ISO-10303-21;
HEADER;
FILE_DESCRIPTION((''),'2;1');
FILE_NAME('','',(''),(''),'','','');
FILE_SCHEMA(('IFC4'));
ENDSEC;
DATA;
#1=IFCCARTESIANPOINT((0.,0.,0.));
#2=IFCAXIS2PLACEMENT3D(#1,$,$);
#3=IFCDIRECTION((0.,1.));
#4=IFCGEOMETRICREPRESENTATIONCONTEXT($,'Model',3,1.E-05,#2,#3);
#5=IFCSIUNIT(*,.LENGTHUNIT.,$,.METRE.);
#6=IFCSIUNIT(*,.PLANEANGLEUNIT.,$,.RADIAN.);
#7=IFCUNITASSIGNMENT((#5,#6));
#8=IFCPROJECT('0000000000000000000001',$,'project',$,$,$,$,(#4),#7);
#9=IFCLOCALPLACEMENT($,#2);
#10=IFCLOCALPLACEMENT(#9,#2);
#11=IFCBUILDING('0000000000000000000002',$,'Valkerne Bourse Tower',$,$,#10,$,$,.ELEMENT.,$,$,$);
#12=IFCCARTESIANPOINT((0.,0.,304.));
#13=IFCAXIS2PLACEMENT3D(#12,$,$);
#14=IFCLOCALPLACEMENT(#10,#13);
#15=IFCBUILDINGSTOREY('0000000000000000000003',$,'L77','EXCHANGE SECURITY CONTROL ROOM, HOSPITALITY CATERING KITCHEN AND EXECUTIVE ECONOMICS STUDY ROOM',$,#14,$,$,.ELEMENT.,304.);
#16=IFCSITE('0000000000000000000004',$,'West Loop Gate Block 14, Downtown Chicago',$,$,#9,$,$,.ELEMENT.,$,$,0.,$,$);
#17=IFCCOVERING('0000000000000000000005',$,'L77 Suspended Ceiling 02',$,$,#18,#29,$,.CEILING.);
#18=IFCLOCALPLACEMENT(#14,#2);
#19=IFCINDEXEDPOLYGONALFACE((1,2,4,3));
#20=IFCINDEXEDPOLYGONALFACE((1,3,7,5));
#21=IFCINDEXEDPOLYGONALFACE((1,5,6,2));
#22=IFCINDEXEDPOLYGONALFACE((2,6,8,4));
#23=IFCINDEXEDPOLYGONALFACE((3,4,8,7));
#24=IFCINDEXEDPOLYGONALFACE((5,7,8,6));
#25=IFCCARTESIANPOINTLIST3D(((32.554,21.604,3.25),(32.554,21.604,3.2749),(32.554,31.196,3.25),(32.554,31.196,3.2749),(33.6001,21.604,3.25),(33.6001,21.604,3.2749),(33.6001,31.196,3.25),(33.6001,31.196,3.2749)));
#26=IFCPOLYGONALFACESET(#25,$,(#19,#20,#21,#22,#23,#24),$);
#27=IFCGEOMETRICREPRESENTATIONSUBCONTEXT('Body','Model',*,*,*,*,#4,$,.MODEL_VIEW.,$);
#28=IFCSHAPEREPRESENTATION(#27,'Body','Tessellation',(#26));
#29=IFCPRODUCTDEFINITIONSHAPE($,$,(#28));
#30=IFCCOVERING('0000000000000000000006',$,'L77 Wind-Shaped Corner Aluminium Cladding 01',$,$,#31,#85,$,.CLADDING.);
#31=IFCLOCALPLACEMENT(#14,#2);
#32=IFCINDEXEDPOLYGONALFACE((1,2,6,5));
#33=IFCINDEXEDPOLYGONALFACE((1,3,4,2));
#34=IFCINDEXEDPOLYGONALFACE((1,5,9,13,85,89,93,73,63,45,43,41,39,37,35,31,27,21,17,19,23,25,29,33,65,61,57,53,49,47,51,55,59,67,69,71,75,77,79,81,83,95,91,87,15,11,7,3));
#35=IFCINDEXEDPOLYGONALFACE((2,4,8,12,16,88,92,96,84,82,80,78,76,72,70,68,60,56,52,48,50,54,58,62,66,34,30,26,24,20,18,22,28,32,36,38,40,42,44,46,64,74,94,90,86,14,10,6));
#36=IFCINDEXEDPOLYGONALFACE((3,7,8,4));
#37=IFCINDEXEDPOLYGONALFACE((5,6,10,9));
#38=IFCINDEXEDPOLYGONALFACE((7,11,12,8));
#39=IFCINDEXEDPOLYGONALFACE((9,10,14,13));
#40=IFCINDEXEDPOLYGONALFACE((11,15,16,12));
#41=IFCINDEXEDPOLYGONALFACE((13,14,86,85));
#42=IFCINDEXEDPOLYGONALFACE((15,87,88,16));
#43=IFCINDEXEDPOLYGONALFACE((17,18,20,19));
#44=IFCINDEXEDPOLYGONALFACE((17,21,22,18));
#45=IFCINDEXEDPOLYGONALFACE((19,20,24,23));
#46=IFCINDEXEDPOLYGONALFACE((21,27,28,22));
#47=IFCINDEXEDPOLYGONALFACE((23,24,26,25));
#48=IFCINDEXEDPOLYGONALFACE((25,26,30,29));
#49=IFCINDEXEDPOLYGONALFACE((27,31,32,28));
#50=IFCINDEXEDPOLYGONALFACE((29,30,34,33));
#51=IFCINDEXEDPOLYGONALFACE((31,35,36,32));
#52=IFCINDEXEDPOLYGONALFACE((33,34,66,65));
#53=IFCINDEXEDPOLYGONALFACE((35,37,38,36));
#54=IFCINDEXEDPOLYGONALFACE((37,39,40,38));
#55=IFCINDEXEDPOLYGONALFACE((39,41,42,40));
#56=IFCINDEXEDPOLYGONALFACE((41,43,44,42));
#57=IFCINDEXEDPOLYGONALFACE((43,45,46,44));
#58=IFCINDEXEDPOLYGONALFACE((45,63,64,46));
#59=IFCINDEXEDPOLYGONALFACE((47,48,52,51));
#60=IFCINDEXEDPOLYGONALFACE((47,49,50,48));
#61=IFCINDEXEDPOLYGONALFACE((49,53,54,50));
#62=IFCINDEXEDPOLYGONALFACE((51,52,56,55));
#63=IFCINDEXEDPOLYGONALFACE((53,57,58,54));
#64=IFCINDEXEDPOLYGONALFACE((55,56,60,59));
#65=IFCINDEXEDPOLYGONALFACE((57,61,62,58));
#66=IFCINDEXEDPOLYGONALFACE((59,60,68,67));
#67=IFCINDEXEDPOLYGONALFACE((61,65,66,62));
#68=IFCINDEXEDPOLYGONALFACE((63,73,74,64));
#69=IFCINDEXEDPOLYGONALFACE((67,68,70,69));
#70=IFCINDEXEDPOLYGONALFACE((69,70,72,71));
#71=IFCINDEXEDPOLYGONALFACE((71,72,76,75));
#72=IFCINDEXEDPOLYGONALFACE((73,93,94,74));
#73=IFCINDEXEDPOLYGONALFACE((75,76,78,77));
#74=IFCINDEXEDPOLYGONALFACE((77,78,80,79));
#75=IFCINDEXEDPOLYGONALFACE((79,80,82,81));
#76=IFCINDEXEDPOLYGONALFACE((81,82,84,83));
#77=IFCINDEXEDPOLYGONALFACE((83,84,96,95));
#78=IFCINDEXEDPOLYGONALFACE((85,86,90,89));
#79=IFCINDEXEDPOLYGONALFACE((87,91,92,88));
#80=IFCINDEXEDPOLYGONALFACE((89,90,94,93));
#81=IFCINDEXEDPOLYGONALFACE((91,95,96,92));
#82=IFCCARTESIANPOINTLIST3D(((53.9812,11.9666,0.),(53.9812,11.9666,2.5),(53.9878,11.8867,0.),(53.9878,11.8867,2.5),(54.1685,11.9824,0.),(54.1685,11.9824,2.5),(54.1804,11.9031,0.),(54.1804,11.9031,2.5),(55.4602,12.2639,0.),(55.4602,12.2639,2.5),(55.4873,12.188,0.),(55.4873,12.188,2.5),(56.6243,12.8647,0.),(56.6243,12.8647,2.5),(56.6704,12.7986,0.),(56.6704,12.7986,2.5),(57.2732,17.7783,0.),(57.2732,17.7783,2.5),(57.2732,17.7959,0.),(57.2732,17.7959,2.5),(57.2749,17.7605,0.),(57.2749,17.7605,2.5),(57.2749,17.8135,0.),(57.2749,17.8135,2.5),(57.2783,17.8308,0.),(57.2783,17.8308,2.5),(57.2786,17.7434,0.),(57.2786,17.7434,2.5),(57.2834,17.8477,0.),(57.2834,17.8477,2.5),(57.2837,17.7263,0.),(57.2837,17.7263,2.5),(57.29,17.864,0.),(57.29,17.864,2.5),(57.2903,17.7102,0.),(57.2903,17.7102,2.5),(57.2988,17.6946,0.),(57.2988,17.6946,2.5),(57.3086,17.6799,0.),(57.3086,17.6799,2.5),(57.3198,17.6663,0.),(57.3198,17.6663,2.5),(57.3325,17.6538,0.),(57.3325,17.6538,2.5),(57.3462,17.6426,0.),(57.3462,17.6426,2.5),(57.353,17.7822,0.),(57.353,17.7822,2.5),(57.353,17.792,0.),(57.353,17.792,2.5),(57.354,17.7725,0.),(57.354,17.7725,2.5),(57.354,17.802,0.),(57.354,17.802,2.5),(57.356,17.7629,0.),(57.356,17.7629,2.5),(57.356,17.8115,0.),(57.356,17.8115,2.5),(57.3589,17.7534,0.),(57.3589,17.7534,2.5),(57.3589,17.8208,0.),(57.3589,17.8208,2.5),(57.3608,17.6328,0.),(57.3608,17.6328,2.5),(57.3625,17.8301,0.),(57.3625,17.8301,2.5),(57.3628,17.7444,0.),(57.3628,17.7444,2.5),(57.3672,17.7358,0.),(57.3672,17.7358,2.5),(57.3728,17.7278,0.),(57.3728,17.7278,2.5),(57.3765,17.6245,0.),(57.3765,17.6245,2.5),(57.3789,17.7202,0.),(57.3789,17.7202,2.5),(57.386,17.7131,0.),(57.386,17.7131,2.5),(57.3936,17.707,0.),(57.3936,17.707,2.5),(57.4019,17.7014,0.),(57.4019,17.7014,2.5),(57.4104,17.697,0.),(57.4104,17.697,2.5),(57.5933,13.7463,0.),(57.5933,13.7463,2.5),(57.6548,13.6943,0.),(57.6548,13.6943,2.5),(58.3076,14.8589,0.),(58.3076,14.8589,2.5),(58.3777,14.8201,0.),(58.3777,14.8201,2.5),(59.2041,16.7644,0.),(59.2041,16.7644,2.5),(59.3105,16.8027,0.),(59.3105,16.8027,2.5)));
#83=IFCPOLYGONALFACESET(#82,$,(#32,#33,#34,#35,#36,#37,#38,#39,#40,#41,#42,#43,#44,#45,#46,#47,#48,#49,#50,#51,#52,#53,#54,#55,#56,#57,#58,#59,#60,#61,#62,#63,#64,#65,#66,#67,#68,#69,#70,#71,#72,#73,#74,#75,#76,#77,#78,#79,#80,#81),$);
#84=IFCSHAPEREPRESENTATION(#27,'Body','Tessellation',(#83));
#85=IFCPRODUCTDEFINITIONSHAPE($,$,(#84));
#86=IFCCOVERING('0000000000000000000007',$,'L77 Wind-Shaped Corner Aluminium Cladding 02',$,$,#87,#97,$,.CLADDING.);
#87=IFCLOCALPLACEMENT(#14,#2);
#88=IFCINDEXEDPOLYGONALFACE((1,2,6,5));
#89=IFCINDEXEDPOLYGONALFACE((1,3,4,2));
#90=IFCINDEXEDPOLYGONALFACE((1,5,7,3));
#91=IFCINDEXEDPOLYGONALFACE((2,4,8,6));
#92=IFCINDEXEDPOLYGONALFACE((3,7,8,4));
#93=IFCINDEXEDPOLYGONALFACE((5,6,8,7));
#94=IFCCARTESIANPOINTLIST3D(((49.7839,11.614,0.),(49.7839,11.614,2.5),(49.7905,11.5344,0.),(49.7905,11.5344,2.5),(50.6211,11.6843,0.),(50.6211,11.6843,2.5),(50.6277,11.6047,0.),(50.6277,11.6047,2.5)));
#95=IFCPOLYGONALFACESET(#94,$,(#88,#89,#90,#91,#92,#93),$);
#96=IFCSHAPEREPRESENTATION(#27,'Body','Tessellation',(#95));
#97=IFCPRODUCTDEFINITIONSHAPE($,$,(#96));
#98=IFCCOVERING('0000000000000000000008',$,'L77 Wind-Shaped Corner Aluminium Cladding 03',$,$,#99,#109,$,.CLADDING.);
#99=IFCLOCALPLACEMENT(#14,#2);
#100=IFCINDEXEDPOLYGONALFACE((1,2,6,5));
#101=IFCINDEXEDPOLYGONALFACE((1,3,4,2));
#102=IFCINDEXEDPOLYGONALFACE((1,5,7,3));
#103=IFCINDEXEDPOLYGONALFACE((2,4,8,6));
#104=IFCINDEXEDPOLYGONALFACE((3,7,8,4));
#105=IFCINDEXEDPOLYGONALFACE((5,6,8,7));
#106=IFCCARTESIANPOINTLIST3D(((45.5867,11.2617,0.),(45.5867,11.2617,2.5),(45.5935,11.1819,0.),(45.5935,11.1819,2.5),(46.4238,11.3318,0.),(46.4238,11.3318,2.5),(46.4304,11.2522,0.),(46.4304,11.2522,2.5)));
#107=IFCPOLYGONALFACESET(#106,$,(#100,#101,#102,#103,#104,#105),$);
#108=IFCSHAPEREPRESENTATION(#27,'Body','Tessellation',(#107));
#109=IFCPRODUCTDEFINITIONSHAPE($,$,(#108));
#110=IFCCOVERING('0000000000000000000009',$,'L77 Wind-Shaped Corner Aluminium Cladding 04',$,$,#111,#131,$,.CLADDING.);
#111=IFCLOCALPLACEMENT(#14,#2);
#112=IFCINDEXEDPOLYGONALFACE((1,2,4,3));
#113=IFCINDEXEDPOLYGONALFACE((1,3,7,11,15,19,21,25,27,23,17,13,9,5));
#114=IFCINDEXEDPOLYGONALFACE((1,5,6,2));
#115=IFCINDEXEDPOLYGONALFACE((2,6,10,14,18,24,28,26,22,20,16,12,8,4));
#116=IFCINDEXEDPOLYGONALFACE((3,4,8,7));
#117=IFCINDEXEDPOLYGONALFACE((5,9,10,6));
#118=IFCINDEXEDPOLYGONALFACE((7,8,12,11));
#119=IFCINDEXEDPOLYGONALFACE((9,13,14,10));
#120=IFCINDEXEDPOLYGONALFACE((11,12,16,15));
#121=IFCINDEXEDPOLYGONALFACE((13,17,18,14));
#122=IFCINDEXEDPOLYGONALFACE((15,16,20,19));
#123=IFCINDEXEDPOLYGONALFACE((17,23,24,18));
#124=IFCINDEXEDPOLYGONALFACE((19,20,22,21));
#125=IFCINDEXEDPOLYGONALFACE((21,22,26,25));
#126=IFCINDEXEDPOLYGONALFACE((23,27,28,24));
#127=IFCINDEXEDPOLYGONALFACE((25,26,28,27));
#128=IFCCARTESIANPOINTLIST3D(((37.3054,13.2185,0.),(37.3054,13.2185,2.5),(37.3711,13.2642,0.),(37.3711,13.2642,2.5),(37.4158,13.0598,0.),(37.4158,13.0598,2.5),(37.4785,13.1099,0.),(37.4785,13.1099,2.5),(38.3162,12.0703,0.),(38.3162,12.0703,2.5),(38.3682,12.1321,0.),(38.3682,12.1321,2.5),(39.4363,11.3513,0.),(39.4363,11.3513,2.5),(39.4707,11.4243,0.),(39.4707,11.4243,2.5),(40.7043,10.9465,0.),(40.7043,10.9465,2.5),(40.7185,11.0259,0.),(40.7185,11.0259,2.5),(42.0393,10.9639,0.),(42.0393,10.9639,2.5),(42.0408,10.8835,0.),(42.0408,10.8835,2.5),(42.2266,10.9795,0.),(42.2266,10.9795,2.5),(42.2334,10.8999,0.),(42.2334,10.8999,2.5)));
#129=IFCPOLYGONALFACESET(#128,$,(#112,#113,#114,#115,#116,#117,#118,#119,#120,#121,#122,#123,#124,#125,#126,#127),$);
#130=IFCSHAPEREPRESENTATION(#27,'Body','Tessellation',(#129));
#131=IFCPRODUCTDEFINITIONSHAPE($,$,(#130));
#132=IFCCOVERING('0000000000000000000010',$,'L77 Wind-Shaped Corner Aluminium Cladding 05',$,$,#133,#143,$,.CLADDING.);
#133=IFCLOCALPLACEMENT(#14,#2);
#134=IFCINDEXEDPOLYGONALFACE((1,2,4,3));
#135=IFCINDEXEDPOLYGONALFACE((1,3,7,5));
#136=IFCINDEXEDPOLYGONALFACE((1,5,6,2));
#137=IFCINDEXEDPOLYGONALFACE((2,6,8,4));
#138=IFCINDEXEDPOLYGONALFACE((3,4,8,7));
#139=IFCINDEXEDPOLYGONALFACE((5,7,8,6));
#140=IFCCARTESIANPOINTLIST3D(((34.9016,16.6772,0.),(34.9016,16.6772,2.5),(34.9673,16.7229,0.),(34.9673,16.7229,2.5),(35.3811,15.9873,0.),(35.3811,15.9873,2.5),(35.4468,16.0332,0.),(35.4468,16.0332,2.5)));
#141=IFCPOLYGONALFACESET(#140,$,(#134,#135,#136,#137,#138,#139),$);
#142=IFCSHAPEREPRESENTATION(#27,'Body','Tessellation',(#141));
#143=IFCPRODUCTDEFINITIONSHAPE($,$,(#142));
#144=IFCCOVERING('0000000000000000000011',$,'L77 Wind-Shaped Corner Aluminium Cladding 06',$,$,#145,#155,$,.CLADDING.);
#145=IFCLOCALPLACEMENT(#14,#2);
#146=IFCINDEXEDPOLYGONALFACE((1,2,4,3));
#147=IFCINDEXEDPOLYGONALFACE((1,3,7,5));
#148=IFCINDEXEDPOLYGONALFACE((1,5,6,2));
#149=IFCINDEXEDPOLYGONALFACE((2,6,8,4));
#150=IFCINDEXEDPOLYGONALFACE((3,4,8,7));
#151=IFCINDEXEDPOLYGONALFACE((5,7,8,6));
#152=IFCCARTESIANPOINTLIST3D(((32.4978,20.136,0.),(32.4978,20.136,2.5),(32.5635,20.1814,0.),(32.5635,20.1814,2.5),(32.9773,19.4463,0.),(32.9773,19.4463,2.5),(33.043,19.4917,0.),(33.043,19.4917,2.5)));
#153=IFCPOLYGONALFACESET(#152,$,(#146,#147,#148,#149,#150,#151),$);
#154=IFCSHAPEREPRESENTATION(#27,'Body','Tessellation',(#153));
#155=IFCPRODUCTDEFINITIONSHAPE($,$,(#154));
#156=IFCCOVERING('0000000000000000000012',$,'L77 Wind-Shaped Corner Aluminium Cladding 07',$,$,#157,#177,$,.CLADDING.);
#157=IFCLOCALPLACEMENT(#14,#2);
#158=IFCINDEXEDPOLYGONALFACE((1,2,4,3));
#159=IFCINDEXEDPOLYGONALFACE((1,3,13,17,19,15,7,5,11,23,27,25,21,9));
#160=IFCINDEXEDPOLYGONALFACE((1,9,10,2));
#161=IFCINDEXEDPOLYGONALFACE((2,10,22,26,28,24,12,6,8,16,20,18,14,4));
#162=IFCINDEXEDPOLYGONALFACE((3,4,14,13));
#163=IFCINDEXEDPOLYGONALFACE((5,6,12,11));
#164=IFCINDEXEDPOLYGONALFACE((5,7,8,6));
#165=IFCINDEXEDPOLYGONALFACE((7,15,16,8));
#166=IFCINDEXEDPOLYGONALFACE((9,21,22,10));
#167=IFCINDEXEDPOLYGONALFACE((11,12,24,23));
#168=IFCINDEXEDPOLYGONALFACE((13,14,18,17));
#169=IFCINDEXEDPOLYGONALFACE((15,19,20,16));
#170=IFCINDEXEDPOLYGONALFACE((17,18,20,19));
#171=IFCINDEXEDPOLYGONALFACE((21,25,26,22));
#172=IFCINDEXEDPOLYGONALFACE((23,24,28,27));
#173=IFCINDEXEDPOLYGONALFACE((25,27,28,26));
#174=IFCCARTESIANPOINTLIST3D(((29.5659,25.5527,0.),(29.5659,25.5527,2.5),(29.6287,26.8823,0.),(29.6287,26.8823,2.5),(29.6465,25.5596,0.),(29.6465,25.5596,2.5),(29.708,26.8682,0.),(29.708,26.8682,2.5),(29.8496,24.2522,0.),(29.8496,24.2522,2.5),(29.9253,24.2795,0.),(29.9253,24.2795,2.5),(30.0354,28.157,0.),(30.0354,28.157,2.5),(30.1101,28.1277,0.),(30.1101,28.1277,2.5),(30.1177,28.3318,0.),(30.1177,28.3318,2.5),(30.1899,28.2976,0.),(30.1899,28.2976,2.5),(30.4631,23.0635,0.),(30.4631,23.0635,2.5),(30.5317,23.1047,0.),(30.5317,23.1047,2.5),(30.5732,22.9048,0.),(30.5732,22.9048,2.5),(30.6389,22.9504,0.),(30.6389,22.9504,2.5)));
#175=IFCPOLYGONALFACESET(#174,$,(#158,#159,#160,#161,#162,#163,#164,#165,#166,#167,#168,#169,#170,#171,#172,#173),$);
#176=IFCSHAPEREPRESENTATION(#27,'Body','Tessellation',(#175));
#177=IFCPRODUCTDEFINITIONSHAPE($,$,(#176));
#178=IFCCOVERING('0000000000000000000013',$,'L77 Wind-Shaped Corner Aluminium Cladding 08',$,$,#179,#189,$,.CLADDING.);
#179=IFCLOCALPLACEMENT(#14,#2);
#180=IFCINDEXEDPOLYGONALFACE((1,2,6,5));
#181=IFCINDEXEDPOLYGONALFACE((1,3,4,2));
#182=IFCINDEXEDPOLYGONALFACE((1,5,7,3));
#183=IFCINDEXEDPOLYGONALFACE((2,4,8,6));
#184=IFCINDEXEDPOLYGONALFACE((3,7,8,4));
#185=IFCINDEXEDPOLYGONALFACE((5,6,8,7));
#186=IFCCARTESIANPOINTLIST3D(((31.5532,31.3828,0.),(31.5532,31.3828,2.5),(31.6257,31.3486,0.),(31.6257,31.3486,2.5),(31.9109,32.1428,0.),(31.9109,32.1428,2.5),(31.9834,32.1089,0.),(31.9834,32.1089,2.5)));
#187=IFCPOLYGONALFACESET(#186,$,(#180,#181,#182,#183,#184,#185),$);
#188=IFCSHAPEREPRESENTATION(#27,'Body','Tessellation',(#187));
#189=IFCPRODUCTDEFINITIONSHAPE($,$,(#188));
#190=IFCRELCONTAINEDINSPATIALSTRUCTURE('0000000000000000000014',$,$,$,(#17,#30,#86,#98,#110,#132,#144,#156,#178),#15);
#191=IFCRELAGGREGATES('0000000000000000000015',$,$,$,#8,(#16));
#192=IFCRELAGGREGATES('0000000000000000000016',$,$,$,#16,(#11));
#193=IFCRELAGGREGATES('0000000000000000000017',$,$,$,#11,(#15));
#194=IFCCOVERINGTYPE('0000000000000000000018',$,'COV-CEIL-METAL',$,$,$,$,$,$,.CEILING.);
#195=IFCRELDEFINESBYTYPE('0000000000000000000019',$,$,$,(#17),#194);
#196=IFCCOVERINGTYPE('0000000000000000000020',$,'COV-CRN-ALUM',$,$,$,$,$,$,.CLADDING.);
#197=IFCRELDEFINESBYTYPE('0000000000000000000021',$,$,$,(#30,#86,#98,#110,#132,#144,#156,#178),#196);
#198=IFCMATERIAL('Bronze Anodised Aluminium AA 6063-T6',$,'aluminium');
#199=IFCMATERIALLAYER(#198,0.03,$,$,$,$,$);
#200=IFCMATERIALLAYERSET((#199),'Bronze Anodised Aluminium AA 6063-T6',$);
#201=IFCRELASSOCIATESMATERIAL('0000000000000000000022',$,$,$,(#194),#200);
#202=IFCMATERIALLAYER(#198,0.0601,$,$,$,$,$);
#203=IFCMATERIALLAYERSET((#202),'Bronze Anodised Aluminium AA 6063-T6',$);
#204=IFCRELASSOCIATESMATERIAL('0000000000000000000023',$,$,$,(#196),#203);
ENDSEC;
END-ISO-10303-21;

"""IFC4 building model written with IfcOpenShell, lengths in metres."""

from ifc_helpers import new_model, si_unit, direction, frame, origin, place, context, subcontext, project, spatial, polyline, outline, extrude, material, layer, layer_set, type_object, element, save


model = new_model("IFC4")

# Units and contexts
model_context = context("Model", 3, precision=1e-05, world=origin(), true_north=direction((0.0, 1.0)))
body_context = subcontext(model_context, "Body", "Model", "MODEL_VIEW")
ifc_project = project(units=[si_unit("LENGTHUNIT", "METRE"), si_unit("PLANEANGLEUNIT", "RADIAN")], contexts=[model_context])

# Site, building, storey
site_placement = place(None, origin())
site = spatial("IfcSite", under=ifc_project, at=site_placement, Name="West Loop Gate Block 14, Downtown Chicago", CompositionType="ELEMENT", RefElevation=0.0)
building_placement = place(site_placement, origin())
building = spatial("IfcBuilding", under=site, at=building_placement, Name="Valkerne Bourse Tower", CompositionType="ELEMENT")
storey_placement = place(building_placement, frame((0.0, 0.0, 304.0)))
storey = spatial("IfcBuildingStorey", under=building, at=storey_placement, Name="L77", Description="EXCHANGE SECURITY CONTROL ROOM, HOSPITALITY CATERING KITCHEN AND EXECUTIVE ECONOMICS STUDY ROOM", CompositionType="ELEMENT", Elevation=304.0)

# Coverings
ifc_material_1 = material(Name="Bronze Anodised Aluminium AA 6063-T6", Category="aluminium")
ifc_layer_1 = layer(ifc_material_1, 0.03)
ifc_layer_set_1 = layer_set([ifc_layer_1], Name="Bronze Anodised Aluminium AA 6063-T6")
covering_type_1 = type_object("IfcCoveringType", Name="COV-CEIL-METAL", PredefinedType="CEILING", material=ifc_layer_set_1)
covering_1_placement = place(storey_placement, frame((0.0, 0.0, 3.25)))
element("IfcCovering", 1, at=covering_1_placement, inside=storey, type_object=covering_type_1, Name="L77 Suspended Ceiling 02", PredefinedType="CEILING", context=body_context, shape_type="SweptSolid", body=[
    extrude(outline(polyline([(32.554, 21.604), (32.554, 31.196), (33.6001, 31.196), (33.6001, 21.604), (32.554, 21.604)])), origin(), (0.0, 0.0, 1.0), 0.0249),
])
ifc_layer_2 = layer(ifc_material_1, 0.0601)
ifc_layer_set_2 = layer_set([ifc_layer_2], Name="Bronze Anodised Aluminium AA 6063-T6")
covering_type_2 = type_object("IfcCoveringType", Name="COV-CRN-ALUM", PredefinedType="CLADDING", material=ifc_layer_set_2)
covering_2_placement = place(storey_placement, origin())
element("IfcCovering", 2, at=covering_2_placement, inside=storey, type_object=covering_type_2, Name="L77 Wind-Shaped Corner Aluminium Cladding 01", PredefinedType="CLADDING", context=body_context, shape_type="SweptSolid", body=[
    extrude(outline(polyline([(56.6704, 12.7986), (55.4873, 12.188), (54.1804, 11.9031), (53.9878, 11.8867), (53.9812, 11.9666), (54.1685, 11.9824), (55.4602, 12.2639), (56.6243, 12.8647), (57.5933, 13.7463), (58.3076, 14.8589), (59.2041, 16.7644), (57.3765, 17.6245), (57.3608, 17.6328), (57.3462, 17.6426), (57.3325, 17.6538), (57.3198, 17.6663), (57.3086, 17.6799), (57.2988, 17.6946), (57.2903, 17.7102), (57.2837, 17.7263), (57.2786, 17.7434), (57.2749, 17.7605), (57.2732, 17.7783), (57.2732, 17.7959), (57.2749, 17.8135), (57.2783, 17.8308), (57.2834, 17.8477), (57.29, 17.864), (57.3625, 17.8301), (57.3589, 17.8208), (57.356, 17.8115), (57.354, 17.802), (57.353, 17.792), (57.353, 17.7822), (57.354, 17.7725), (57.356, 17.7629), (57.3589, 17.7534), (57.3628, 17.7444), (57.3672, 17.7358), (57.3728, 17.7278), (57.3789, 17.7202), (57.386, 17.7131), (57.3936, 17.707), (57.4019, 17.7014), (57.4104, 17.697), (59.3105, 16.8027), (58.3777, 14.8201), (57.6548, 13.6943), (56.6704, 12.7986)])), origin(), (0.0, 0.0, 1.0), 2.5),
])
covering_3_placement = place(storey_placement, origin())
element("IfcCovering", 3, at=covering_3_placement, inside=storey, type_object=covering_type_2, Name="L77 Wind-Shaped Corner Aluminium Cladding 02", PredefinedType="CLADDING", context=body_context, shape_type="SweptSolid", body=[
    extrude(outline(polyline([(49.7905, 11.5344), (49.7839, 11.614), (50.6211, 11.6843), (50.6277, 11.6047), (49.7905, 11.5344)])), origin(), (0.0, 0.0, 1.0), 2.5),
])
covering_4_placement = place(storey_placement, origin())
element("IfcCovering", 4, at=covering_4_placement, inside=storey, type_object=covering_type_2, Name="L77 Wind-Shaped Corner Aluminium Cladding 03", PredefinedType="CLADDING", context=body_context, shape_type="SweptSolid", body=[
    extrude(outline(polyline([(45.5935, 11.1819), (45.5867, 11.2617), (46.4238, 11.3318), (46.4304, 11.2522), (45.5935, 11.1819)])), origin(), (0.0, 0.0, 1.0), 2.5),
])
covering_5_placement = place(storey_placement, origin())
element("IfcCovering", 5, at=covering_5_placement, inside=storey, type_object=covering_type_2, Name="L77 Wind-Shaped Corner Aluminium Cladding 04", PredefinedType="CLADDING", context=body_context, shape_type="SweptSolid", body=[
    extrude(outline(polyline([(42.0408, 10.8835), (40.7043, 10.9465), (39.4363, 11.3513), (38.3162, 12.0703), (37.4158, 13.0598), (37.3054, 13.2185), (37.3711, 13.2642), (37.4785, 13.1099), (38.3682, 12.1321), (39.4707, 11.4243), (40.7185, 11.0259), (42.0393, 10.9639), (42.2266, 10.9795), (42.2334, 10.8999), (42.0408, 10.8835)])), origin(), (0.0, 0.0, 1.0), 2.5),
])
covering_6_placement = place(storey_placement, origin())
element("IfcCovering", 6, at=covering_6_placement, inside=storey, type_object=covering_type_2, Name="L77 Wind-Shaped Corner Aluminium Cladding 05", PredefinedType="CLADDING", context=body_context, shape_type="SweptSolid", body=[
    extrude(outline(polyline([(34.9016, 16.6772), (34.9673, 16.7229), (35.4468, 16.0332), (35.3811, 15.9873), (34.9016, 16.6772)])), origin(), (0.0, 0.0, 1.0), 2.5),
])
covering_7_placement = place(storey_placement, origin())
element("IfcCovering", 7, at=covering_7_placement, inside=storey, type_object=covering_type_2, Name="L77 Wind-Shaped Corner Aluminium Cladding 06", PredefinedType="CLADDING", context=body_context, shape_type="SweptSolid", body=[
    extrude(outline(polyline([(32.4978, 20.136), (32.5635, 20.1814), (33.043, 19.4917), (32.9773, 19.4463), (32.4978, 20.136)])), origin(), (0.0, 0.0, 1.0), 2.5),
])
covering_8_placement = place(storey_placement, origin())
element("IfcCovering", 8, at=covering_8_placement, inside=storey, type_object=covering_type_2, Name="L77 Wind-Shaped Corner Aluminium Cladding 07", PredefinedType="CLADDING", context=body_context, shape_type="SweptSolid", body=[
    extrude(outline(polyline([(30.4631, 23.0635), (29.8496, 24.2522), (29.5659, 25.5527), (29.6287, 26.8823), (30.0354, 28.157), (30.1177, 28.3318), (30.1899, 28.2976), (30.1101, 28.1277), (29.708, 26.8682), (29.6465, 25.5596), (29.9253, 24.2795), (30.5317, 23.1047), (30.6389, 22.9504), (30.5732, 22.9048), (30.4631, 23.0635)])), origin(), (0.0, 0.0, 1.0), 2.5),
])
covering_9_placement = place(storey_placement, origin())
element("IfcCovering", 9, at=covering_9_placement, inside=storey, type_object=covering_type_2, Name="L77 Wind-Shaped Corner Aluminium Cladding 08", PredefinedType="CLADDING", context=body_context, shape_type="SweptSolid", body=[
    extrude(outline(polyline([(31.9109, 32.1428), (31.9834, 32.1089), (31.6257, 31.3486), (31.5532, 31.3828), (31.9109, 32.1428)])), origin(), (0.0, 0.0, 1.0), 2.5),
])

save(model, "model.ifc")
